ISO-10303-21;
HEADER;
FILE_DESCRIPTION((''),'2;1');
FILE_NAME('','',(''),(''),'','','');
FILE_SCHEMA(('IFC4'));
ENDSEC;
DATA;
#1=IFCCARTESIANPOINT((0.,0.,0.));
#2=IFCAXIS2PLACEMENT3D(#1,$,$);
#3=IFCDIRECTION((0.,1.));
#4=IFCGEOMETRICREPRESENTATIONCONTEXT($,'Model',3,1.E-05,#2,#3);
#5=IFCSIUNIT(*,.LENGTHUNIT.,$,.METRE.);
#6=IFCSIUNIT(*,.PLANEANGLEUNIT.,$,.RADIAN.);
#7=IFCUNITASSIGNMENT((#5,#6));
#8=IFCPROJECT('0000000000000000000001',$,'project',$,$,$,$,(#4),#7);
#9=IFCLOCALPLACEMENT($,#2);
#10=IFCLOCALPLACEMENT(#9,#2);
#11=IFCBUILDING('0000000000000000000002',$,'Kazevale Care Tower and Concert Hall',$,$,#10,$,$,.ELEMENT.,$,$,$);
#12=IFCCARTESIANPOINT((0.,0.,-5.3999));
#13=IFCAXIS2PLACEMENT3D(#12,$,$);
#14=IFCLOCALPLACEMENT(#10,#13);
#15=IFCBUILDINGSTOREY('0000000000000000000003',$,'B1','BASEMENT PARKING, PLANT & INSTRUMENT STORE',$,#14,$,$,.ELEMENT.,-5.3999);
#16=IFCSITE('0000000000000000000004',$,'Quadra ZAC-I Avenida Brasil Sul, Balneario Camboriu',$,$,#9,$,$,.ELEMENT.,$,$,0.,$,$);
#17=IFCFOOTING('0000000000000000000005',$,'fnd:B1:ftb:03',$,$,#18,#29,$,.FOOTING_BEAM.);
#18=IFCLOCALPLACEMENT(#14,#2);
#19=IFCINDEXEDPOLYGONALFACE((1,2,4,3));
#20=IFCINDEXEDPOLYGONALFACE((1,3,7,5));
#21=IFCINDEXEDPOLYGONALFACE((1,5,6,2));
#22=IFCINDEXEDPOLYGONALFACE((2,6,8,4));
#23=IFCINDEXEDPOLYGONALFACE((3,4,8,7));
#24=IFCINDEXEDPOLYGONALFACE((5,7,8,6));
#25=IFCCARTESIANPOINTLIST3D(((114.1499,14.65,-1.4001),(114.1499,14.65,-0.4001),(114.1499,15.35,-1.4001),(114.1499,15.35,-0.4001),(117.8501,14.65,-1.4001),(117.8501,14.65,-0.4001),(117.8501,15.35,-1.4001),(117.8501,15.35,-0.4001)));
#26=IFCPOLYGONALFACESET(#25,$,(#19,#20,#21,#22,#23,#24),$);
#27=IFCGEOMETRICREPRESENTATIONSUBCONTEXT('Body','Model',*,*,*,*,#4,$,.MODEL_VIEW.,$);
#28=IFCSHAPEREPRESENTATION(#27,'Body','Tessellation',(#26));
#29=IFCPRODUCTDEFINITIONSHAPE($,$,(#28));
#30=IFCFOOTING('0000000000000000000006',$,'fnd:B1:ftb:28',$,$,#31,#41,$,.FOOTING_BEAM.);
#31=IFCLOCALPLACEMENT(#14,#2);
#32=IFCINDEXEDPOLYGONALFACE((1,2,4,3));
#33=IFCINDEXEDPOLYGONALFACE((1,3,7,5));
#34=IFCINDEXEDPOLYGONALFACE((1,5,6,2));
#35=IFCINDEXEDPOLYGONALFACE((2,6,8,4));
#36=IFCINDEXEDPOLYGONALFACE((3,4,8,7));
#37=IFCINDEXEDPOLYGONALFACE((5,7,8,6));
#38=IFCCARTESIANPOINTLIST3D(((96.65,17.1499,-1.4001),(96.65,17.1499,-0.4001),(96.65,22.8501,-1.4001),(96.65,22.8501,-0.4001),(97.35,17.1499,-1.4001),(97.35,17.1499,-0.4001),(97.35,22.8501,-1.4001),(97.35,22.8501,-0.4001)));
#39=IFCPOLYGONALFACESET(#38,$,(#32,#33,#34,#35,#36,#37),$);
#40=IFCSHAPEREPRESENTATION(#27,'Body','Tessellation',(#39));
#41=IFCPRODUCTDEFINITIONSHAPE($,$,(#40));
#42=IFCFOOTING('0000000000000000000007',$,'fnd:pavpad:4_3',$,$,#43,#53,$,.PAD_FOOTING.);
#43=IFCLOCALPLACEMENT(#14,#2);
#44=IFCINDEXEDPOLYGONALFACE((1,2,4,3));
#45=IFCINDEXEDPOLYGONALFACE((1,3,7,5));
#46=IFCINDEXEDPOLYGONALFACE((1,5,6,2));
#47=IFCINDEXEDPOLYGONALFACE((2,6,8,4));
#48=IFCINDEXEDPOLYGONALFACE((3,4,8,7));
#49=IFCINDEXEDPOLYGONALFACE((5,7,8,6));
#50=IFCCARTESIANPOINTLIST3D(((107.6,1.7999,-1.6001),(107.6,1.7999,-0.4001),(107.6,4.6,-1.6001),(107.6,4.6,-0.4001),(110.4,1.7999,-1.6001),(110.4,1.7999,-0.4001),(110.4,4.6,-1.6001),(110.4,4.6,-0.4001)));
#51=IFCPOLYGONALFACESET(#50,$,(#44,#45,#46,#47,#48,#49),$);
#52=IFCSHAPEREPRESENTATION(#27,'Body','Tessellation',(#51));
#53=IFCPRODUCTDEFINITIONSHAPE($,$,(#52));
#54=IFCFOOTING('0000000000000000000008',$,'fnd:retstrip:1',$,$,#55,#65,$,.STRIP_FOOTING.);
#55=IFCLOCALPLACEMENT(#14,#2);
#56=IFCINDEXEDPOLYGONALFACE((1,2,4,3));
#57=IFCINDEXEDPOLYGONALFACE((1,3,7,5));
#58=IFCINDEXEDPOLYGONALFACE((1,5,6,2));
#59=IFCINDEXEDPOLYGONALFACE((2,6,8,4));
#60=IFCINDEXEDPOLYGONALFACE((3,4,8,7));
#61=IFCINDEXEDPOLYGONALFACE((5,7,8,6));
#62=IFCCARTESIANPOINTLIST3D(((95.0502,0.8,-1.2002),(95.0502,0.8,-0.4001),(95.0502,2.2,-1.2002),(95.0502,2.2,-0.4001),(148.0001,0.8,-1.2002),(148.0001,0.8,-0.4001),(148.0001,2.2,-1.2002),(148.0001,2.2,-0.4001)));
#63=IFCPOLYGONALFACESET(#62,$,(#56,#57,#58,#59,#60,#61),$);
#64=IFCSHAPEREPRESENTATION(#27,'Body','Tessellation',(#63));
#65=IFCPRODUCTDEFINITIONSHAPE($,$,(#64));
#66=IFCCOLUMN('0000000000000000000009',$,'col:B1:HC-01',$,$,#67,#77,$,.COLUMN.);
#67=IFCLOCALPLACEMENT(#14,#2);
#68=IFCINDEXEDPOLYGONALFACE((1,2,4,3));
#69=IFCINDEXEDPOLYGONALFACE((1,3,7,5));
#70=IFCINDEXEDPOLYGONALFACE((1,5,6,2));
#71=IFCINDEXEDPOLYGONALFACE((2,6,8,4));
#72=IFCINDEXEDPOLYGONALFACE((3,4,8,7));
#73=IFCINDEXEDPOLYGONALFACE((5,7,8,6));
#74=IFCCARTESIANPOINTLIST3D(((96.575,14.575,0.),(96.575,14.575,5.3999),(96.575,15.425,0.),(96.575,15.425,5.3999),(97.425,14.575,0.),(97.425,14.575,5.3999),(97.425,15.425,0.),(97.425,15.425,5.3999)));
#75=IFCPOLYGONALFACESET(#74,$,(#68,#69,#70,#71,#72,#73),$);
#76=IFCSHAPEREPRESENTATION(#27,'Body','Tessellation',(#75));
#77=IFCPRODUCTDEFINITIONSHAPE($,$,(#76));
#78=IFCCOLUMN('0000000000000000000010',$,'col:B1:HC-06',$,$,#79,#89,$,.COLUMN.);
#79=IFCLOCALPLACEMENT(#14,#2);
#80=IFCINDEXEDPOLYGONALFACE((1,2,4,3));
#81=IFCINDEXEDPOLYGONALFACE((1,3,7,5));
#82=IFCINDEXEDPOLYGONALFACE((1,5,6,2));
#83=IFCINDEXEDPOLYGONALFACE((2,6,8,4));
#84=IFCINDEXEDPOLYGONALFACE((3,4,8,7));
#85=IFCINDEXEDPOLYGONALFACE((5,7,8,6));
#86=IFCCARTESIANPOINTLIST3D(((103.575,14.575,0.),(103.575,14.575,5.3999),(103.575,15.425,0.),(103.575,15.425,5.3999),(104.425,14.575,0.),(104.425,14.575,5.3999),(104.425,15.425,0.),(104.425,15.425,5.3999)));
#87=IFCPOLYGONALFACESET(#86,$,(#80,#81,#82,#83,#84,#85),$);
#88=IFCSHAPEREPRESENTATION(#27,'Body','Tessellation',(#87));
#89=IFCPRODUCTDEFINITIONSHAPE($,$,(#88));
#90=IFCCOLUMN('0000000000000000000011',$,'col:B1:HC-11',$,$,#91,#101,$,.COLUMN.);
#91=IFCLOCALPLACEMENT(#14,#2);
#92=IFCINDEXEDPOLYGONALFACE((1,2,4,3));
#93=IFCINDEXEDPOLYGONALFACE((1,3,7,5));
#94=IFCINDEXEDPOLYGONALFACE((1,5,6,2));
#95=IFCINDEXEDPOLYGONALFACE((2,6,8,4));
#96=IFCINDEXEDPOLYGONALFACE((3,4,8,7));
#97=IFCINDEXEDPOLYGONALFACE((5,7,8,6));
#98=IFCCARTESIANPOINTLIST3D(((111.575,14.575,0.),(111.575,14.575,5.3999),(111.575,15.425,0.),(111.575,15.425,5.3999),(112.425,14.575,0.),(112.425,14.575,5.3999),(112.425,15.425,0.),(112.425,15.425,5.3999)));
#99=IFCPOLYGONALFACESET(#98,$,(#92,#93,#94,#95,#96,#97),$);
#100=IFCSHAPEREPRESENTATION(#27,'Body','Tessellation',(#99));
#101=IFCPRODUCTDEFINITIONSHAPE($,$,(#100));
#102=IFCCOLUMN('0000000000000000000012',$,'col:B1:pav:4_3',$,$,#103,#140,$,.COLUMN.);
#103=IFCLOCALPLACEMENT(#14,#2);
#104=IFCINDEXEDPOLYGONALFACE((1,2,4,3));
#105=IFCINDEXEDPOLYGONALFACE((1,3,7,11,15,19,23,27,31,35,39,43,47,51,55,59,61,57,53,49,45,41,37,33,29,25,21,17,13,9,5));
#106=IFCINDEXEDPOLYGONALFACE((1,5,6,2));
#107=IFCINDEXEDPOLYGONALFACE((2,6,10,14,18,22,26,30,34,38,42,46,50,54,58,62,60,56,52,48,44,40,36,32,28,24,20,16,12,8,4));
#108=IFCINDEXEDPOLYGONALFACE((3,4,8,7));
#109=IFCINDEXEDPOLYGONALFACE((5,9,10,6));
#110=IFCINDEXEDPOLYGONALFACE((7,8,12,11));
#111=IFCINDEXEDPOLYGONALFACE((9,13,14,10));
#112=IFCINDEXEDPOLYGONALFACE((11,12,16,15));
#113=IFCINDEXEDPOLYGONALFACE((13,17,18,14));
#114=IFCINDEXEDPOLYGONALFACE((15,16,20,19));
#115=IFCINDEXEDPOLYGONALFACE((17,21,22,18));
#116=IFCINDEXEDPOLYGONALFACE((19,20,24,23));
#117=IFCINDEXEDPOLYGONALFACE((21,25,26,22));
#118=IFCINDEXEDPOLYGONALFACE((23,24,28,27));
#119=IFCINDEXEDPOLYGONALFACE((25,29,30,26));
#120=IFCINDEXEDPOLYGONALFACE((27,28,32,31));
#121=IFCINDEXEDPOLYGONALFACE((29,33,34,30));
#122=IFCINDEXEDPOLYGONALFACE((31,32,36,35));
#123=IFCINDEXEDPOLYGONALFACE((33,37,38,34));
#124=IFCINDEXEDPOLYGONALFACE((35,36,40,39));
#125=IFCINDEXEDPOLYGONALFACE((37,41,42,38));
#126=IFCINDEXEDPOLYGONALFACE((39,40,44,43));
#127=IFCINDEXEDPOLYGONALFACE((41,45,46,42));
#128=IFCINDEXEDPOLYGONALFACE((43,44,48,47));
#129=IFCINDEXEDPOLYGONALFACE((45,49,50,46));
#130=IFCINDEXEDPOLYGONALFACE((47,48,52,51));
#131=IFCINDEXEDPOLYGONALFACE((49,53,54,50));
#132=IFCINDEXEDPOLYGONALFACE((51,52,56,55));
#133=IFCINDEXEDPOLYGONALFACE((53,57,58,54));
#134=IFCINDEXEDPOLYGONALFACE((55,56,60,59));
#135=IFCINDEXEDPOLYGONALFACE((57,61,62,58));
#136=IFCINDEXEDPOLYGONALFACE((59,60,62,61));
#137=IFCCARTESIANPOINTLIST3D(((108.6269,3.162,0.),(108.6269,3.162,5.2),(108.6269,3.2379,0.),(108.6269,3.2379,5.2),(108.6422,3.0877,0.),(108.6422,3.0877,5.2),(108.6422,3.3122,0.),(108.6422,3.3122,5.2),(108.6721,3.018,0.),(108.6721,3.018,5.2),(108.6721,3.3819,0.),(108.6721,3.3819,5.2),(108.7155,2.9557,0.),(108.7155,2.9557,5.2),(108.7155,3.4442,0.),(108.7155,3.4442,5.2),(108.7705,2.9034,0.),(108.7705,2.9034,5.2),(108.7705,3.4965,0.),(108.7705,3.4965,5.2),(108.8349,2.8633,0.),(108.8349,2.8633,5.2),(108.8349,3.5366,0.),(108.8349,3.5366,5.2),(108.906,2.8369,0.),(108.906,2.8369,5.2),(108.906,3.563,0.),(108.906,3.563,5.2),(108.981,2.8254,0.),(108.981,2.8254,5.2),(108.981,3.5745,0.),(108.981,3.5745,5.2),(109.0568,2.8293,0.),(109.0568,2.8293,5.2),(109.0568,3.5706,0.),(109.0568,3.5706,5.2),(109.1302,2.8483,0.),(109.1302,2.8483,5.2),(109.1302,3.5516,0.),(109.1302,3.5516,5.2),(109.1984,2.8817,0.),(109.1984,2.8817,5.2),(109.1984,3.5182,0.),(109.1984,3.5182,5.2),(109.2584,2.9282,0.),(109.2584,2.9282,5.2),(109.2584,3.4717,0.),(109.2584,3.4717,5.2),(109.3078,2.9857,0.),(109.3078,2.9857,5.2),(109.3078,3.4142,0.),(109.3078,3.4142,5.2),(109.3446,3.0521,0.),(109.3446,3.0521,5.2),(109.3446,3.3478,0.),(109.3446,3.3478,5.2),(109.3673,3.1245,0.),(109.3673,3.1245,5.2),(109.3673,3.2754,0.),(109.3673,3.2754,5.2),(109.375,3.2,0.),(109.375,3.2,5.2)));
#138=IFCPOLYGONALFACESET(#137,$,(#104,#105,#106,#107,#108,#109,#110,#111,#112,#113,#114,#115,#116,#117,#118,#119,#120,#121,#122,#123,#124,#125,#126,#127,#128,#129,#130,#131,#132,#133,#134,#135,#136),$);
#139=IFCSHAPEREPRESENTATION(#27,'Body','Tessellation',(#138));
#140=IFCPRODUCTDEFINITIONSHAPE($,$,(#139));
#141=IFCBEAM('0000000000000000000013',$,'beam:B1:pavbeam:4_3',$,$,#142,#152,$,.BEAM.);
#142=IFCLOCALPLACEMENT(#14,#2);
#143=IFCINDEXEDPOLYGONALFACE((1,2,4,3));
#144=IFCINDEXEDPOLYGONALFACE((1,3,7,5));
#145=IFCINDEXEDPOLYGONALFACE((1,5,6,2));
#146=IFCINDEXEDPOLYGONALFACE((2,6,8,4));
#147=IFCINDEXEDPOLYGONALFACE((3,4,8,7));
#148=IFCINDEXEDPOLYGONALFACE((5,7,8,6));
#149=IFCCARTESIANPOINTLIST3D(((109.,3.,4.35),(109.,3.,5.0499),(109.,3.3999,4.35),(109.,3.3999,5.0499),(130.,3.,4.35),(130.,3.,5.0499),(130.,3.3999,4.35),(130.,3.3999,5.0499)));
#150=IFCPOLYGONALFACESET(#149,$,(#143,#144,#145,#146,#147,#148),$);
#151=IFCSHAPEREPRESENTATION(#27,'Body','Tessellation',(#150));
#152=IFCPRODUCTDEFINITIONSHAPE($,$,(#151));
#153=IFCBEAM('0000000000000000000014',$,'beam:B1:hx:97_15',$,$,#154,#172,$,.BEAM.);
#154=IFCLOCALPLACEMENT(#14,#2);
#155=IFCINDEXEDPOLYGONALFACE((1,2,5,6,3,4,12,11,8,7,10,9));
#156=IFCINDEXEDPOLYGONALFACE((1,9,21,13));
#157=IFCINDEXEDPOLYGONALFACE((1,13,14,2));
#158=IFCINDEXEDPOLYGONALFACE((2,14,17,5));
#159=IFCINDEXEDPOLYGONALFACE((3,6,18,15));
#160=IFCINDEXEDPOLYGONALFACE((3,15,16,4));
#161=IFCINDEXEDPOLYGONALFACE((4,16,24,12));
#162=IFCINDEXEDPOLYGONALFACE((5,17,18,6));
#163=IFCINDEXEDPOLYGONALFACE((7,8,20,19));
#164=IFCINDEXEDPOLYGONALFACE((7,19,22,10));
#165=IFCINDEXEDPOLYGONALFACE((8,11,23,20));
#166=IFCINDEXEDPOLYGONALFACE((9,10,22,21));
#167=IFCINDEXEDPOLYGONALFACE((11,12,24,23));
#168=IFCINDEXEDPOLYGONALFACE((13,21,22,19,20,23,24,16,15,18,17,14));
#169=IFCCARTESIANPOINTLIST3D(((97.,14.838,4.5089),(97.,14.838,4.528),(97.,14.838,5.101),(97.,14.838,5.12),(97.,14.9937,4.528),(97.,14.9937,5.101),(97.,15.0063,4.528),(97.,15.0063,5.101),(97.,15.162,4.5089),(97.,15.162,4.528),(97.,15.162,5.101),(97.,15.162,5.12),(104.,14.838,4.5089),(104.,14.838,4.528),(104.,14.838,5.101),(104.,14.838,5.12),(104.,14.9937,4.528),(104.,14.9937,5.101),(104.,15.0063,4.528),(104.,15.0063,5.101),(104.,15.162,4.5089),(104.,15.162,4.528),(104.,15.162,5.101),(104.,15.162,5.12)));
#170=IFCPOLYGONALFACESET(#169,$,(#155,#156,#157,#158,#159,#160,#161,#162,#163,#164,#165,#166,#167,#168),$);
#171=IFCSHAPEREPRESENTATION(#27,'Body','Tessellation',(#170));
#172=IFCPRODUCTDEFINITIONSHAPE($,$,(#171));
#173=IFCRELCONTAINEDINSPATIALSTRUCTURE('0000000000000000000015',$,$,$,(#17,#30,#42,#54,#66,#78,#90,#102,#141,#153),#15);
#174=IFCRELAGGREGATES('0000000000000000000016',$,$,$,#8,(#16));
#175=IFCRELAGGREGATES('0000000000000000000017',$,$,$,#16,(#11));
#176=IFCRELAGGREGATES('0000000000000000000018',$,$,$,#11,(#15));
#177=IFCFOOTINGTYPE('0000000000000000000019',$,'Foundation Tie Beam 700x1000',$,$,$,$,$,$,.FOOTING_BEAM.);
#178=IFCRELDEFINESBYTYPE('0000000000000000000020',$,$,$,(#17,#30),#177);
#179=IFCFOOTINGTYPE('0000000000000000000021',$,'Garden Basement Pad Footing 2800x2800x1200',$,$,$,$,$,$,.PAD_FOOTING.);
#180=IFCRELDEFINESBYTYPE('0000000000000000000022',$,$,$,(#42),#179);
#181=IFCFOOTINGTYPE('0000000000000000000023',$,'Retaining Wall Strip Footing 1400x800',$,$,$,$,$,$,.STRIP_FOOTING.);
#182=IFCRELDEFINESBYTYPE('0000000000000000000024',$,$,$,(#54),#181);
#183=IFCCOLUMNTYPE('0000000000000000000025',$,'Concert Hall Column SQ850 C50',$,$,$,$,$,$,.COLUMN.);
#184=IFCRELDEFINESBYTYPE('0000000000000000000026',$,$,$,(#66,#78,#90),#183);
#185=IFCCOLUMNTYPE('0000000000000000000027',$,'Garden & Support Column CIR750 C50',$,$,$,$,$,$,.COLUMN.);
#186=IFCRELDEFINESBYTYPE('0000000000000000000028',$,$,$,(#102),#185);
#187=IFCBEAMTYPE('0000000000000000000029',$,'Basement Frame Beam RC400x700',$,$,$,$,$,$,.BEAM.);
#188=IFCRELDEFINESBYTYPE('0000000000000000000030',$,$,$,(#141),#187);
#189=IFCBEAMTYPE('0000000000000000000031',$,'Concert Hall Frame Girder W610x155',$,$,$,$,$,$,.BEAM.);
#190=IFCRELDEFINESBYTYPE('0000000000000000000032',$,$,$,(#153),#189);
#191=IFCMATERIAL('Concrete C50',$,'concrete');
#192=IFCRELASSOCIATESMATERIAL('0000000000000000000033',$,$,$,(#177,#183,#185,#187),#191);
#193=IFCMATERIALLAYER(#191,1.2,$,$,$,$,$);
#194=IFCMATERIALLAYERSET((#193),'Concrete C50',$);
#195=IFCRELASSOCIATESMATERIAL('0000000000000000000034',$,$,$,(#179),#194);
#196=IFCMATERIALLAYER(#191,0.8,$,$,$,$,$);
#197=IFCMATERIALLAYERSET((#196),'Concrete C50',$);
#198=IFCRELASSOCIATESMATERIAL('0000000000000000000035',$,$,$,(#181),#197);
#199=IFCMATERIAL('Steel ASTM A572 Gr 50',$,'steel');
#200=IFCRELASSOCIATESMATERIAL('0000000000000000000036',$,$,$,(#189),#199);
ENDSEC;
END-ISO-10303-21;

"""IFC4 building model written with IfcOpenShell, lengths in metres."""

from ifc_helpers import new_model, si_unit, direction, frame, frame_2d, origin, origin_2d, place, context, subcontext, project, spatial, rectangle, circle, i_section, extrude, material, layer, layer_set, material_profile, profile_set, type_object, element, save


model = new_model("IFC4")

# Units and contexts
model_context = context("Model", 3, precision=1e-05, world=origin(), true_north=direction((0.0, 1.0)))
body_context = subcontext(model_context, "Body", "Model", "MODEL_VIEW")
ifc_project = project(units=[si_unit("LENGTHUNIT", "METRE"), si_unit("PLANEANGLEUNIT", "RADIAN")], contexts=[model_context])

# Site, building, storey
site_placement = place(None, origin())
site = spatial("IfcSite", under=ifc_project, at=site_placement, Name="Quadra ZAC-I Avenida Brasil Sul, Balneario Camboriu", CompositionType="ELEMENT", RefElevation=0.0)
building_placement = place(site_placement, origin())
building = spatial("IfcBuilding", under=site, at=building_placement, Name="Kazevale Care Tower and Concert Hall", CompositionType="ELEMENT")
storey_placement = place(building_placement, frame((0.0, 0.0, -5.3999)))
storey = spatial("IfcBuildingStorey", under=building, at=storey_placement, Name="B1", Description="BASEMENT PARKING, PLANT & INSTRUMENT STORE", CompositionType="ELEMENT", Elevation=-5.3999)

# Shared definitions
ifc_material_1 = material(Name="Concrete C50", Category="concrete")

# Footings
ifc_material_profile_1 = material_profile(ifc_material_1, rectangle(XDim=0.7, YDim=1.0, at=origin_2d()), Name="RC-GB700x1000")
ifc_profile_set_1 = profile_set([ifc_material_profile_1], Name="Concrete C50")
footing_type_1 = type_object("IfcFootingType", Name="Foundation Tie Beam 700x1000", PredefinedType="FOOTING_BEAM", material=ifc_profile_set_1)
for number, where, z_axis, x_axis, name in (
    (1, (114.1499, 15.0, -1.4001), (0.0, 0.0, 1.0), (1.0, 0.0, 0.0), "fnd:B1:ftb:03"),
):
    element("IfcFooting", number, at=place(storey_placement, frame(where, z_axis=z_axis, x_axis=x_axis)), inside=storey, type_object=footing_type_1, Name=name, PredefinedType="FOOTING_BEAM", context=body_context, shape_type="SweptSolid", body=[
        extrude(rectangle(XDim=3.7002, YDim=0.7, at=frame_2d((1.8501, 0.0))), origin(), (0.0, 0.0, 1.0), 1.0),
    ])
footing_1_placement = place(storey_placement, frame((97.0, 17.1499, -1.4001), z_axis=(0.0, 0.0, 1.0), x_axis=(0.0, 1.0, 0.0)))
element("IfcFooting", 2, at=footing_1_placement, inside=storey, type_object=footing_type_1, Name="fnd:B1:ftb:28", PredefinedType="FOOTING_BEAM", context=body_context, shape_type="SweptSolid", body=[
    extrude(rectangle(XDim=5.7002, YDim=0.7, at=frame_2d((2.8501, 0.0))), origin(), (0.0, 0.0, 1.0), 1.0),
])
ifc_layer_1 = layer(ifc_material_1, 1.2)
ifc_layer_set_1 = layer_set([ifc_layer_1], Name="Concrete C50")
footing_type_2 = type_object("IfcFootingType", Name="Garden Basement Pad Footing 2800x2800x1200", PredefinedType="PAD_FOOTING", material=ifc_layer_set_1)
footing_2_placement = place(storey_placement, frame((109.0, 3.2, -1.6001), z_axis=(0.0, 0.0, 1.0), x_axis=(1.0, 0.0, 0.0)))
element("IfcFooting", 3, at=footing_2_placement, inside=storey, type_object=footing_type_2, Name="fnd:pavpad:4_3", PredefinedType="PAD_FOOTING", context=body_context, shape_type="SweptSolid", body=[
    extrude(rectangle(XDim=2.8, YDim=2.8, at=origin_2d()), origin(), (0.0, 0.0, 1.0), 1.2),
])
ifc_layer_2 = layer(ifc_material_1, 0.8)
ifc_layer_set_2 = layer_set([ifc_layer_2], Name="Concrete C50")
footing_type_3 = type_object("IfcFootingType", Name="Retaining Wall Strip Footing 1400x800", PredefinedType="STRIP_FOOTING", material=ifc_layer_set_2)
footing_3_placement = place(storey_placement, frame((95.05, 1.5, -1.2002), z_axis=(0.0, 0.0, 1.0), x_axis=(1.0, 0.0, 0.0)))
element("IfcFooting", 4, at=footing_3_placement, inside=storey, type_object=footing_type_3, Name="fnd:retstrip:1", PredefinedType="STRIP_FOOTING", context=body_context, shape_type="SweptSolid", body=[
    extrude(rectangle(XDim=52.95, YDim=1.3999, at=frame_2d((26.4751, 0.0))), origin(), (0.0, 0.0, 1.0), 0.8),
])

# Columns
ifc_material_profile_2 = material_profile(ifc_material_1, rectangle(XDim=0.8501, YDim=0.8501, at=origin_2d()), Name="RC-SQ850")
ifc_profile_set_2 = profile_set([ifc_material_profile_2], Name="Concrete C50")
column_type_1 = type_object("IfcColumnType", Name="Concert Hall Column SQ850 C50", PredefinedType="COLUMN", material=ifc_profile_set_2)
for number, where, z_axis, x_axis, name in (
    (5, (97.0, 15.0, 0.0), (0.0, 0.0, 1.0), (1.0, 0.0, 0.0), "col:B1:HC-01"),
    (6, (104.0, 15.0, 0.0), (0.0, 0.0, 1.0), (1.0, 0.0, 0.0), "col:B1:HC-06"),
    (7, (112.0, 15.0, 0.0), (0.0, 0.0, 1.0), (1.0, 0.0, 0.0), "col:B1:HC-11"),
):
    element("IfcColumn", number, at=place(storey_placement, frame(where, z_axis=z_axis, x_axis=x_axis)), inside=storey, type_object=column_type_1, Name=name, PredefinedType="COLUMN", context=body_context, shape_type="SweptSolid", body=[
        extrude(rectangle(XDim=0.8501, YDim=0.8501, at=origin_2d()), origin(), (0.0, 0.0, 1.0), 5.3999),
    ])
ifc_material_profile_3 = material_profile(ifc_material_1, circle(Radius=0.375, at=origin_2d()), Name="RC-CIR750")
ifc_profile_set_3 = profile_set([ifc_material_profile_3], Name="Concrete C50")
column_type_2 = type_object("IfcColumnType", Name="Garden & Support Column CIR750 C50", PredefinedType="COLUMN", material=ifc_profile_set_3)
column_placement = place(storey_placement, frame((109.0, 3.2, 0.0), z_axis=(0.0, 0.0, 1.0), x_axis=(1.0, 0.0, 0.0)))
element("IfcColumn", 8, at=column_placement, inside=storey, type_object=column_type_2, Name="col:B1:pav:4_3", PredefinedType="COLUMN", context=body_context, shape_type="SweptSolid", body=[
    extrude(circle(Radius=0.375, at=origin_2d()), origin(), (0.0, 0.0, 1.0), 5.2),
])

# Beams
ifc_material_profile_4 = material_profile(ifc_material_1, rectangle(XDim=0.3999, YDim=0.7, at=origin_2d()), Name="RC-B400x700")
ifc_profile_set_4 = profile_set([ifc_material_profile_4], Name="Concrete C50")
beam_type_1 = type_object("IfcBeamType", Name="Basement Frame Beam RC400x700", PredefinedType="BEAM", material=ifc_profile_set_4)
beam_1_placement = place(storey_placement, frame((109.0, 3.2, 4.7), z_axis=(1.0, 0.0, 0.0), x_axis=(0.0, 1.0, 0.0)))
element("IfcBeam", 9, at=beam_1_placement, inside=storey, type_object=beam_type_1, Name="beam:B1:pavbeam:4_3", PredefinedType="BEAM", context=body_context, shape_type="SweptSolid", body=[
    extrude(rectangle(XDim=0.3999, YDim=0.7, at=origin_2d()), origin(), (0.0, 0.0, 1.0), 21.0),
])
ifc_material_2 = material(Name="Steel ASTM A572 Gr 50", Category="steel")
ifc_material_profile_5 = material_profile(ifc_material_2, i_section(OverallWidth=0.324, OverallDepth=0.6111, WebThickness=0.0127, FlangeThickness=0.019, at=origin_2d()), Name="W610x155")
ifc_profile_set_5 = profile_set([ifc_material_profile_5], Name="Steel ASTM A572 Gr 50")
beam_type_2 = type_object("IfcBeamType", Name="Concert Hall Frame Girder W610x155", PredefinedType="BEAM", material=ifc_profile_set_5)
beam_2_placement = place(storey_placement, frame((97.0, 15.0, 4.8145), z_axis=(1.0, 0.0, 0.0), x_axis=(0.0, 1.0, 0.0)))
element("IfcBeam", 10, at=beam_2_placement, inside=storey, type_object=beam_type_2, Name="beam:B1:hx:97_15", PredefinedType="BEAM", context=body_context, shape_type="SweptSolid", body=[
    extrude(i_section(OverallWidth=0.324, OverallDepth=0.6111, WebThickness=0.0127, FlangeThickness=0.019, at=origin_2d()), origin(), (0.0, 0.0, 1.0), 7.0),
])

save(model, "model.ifc")
